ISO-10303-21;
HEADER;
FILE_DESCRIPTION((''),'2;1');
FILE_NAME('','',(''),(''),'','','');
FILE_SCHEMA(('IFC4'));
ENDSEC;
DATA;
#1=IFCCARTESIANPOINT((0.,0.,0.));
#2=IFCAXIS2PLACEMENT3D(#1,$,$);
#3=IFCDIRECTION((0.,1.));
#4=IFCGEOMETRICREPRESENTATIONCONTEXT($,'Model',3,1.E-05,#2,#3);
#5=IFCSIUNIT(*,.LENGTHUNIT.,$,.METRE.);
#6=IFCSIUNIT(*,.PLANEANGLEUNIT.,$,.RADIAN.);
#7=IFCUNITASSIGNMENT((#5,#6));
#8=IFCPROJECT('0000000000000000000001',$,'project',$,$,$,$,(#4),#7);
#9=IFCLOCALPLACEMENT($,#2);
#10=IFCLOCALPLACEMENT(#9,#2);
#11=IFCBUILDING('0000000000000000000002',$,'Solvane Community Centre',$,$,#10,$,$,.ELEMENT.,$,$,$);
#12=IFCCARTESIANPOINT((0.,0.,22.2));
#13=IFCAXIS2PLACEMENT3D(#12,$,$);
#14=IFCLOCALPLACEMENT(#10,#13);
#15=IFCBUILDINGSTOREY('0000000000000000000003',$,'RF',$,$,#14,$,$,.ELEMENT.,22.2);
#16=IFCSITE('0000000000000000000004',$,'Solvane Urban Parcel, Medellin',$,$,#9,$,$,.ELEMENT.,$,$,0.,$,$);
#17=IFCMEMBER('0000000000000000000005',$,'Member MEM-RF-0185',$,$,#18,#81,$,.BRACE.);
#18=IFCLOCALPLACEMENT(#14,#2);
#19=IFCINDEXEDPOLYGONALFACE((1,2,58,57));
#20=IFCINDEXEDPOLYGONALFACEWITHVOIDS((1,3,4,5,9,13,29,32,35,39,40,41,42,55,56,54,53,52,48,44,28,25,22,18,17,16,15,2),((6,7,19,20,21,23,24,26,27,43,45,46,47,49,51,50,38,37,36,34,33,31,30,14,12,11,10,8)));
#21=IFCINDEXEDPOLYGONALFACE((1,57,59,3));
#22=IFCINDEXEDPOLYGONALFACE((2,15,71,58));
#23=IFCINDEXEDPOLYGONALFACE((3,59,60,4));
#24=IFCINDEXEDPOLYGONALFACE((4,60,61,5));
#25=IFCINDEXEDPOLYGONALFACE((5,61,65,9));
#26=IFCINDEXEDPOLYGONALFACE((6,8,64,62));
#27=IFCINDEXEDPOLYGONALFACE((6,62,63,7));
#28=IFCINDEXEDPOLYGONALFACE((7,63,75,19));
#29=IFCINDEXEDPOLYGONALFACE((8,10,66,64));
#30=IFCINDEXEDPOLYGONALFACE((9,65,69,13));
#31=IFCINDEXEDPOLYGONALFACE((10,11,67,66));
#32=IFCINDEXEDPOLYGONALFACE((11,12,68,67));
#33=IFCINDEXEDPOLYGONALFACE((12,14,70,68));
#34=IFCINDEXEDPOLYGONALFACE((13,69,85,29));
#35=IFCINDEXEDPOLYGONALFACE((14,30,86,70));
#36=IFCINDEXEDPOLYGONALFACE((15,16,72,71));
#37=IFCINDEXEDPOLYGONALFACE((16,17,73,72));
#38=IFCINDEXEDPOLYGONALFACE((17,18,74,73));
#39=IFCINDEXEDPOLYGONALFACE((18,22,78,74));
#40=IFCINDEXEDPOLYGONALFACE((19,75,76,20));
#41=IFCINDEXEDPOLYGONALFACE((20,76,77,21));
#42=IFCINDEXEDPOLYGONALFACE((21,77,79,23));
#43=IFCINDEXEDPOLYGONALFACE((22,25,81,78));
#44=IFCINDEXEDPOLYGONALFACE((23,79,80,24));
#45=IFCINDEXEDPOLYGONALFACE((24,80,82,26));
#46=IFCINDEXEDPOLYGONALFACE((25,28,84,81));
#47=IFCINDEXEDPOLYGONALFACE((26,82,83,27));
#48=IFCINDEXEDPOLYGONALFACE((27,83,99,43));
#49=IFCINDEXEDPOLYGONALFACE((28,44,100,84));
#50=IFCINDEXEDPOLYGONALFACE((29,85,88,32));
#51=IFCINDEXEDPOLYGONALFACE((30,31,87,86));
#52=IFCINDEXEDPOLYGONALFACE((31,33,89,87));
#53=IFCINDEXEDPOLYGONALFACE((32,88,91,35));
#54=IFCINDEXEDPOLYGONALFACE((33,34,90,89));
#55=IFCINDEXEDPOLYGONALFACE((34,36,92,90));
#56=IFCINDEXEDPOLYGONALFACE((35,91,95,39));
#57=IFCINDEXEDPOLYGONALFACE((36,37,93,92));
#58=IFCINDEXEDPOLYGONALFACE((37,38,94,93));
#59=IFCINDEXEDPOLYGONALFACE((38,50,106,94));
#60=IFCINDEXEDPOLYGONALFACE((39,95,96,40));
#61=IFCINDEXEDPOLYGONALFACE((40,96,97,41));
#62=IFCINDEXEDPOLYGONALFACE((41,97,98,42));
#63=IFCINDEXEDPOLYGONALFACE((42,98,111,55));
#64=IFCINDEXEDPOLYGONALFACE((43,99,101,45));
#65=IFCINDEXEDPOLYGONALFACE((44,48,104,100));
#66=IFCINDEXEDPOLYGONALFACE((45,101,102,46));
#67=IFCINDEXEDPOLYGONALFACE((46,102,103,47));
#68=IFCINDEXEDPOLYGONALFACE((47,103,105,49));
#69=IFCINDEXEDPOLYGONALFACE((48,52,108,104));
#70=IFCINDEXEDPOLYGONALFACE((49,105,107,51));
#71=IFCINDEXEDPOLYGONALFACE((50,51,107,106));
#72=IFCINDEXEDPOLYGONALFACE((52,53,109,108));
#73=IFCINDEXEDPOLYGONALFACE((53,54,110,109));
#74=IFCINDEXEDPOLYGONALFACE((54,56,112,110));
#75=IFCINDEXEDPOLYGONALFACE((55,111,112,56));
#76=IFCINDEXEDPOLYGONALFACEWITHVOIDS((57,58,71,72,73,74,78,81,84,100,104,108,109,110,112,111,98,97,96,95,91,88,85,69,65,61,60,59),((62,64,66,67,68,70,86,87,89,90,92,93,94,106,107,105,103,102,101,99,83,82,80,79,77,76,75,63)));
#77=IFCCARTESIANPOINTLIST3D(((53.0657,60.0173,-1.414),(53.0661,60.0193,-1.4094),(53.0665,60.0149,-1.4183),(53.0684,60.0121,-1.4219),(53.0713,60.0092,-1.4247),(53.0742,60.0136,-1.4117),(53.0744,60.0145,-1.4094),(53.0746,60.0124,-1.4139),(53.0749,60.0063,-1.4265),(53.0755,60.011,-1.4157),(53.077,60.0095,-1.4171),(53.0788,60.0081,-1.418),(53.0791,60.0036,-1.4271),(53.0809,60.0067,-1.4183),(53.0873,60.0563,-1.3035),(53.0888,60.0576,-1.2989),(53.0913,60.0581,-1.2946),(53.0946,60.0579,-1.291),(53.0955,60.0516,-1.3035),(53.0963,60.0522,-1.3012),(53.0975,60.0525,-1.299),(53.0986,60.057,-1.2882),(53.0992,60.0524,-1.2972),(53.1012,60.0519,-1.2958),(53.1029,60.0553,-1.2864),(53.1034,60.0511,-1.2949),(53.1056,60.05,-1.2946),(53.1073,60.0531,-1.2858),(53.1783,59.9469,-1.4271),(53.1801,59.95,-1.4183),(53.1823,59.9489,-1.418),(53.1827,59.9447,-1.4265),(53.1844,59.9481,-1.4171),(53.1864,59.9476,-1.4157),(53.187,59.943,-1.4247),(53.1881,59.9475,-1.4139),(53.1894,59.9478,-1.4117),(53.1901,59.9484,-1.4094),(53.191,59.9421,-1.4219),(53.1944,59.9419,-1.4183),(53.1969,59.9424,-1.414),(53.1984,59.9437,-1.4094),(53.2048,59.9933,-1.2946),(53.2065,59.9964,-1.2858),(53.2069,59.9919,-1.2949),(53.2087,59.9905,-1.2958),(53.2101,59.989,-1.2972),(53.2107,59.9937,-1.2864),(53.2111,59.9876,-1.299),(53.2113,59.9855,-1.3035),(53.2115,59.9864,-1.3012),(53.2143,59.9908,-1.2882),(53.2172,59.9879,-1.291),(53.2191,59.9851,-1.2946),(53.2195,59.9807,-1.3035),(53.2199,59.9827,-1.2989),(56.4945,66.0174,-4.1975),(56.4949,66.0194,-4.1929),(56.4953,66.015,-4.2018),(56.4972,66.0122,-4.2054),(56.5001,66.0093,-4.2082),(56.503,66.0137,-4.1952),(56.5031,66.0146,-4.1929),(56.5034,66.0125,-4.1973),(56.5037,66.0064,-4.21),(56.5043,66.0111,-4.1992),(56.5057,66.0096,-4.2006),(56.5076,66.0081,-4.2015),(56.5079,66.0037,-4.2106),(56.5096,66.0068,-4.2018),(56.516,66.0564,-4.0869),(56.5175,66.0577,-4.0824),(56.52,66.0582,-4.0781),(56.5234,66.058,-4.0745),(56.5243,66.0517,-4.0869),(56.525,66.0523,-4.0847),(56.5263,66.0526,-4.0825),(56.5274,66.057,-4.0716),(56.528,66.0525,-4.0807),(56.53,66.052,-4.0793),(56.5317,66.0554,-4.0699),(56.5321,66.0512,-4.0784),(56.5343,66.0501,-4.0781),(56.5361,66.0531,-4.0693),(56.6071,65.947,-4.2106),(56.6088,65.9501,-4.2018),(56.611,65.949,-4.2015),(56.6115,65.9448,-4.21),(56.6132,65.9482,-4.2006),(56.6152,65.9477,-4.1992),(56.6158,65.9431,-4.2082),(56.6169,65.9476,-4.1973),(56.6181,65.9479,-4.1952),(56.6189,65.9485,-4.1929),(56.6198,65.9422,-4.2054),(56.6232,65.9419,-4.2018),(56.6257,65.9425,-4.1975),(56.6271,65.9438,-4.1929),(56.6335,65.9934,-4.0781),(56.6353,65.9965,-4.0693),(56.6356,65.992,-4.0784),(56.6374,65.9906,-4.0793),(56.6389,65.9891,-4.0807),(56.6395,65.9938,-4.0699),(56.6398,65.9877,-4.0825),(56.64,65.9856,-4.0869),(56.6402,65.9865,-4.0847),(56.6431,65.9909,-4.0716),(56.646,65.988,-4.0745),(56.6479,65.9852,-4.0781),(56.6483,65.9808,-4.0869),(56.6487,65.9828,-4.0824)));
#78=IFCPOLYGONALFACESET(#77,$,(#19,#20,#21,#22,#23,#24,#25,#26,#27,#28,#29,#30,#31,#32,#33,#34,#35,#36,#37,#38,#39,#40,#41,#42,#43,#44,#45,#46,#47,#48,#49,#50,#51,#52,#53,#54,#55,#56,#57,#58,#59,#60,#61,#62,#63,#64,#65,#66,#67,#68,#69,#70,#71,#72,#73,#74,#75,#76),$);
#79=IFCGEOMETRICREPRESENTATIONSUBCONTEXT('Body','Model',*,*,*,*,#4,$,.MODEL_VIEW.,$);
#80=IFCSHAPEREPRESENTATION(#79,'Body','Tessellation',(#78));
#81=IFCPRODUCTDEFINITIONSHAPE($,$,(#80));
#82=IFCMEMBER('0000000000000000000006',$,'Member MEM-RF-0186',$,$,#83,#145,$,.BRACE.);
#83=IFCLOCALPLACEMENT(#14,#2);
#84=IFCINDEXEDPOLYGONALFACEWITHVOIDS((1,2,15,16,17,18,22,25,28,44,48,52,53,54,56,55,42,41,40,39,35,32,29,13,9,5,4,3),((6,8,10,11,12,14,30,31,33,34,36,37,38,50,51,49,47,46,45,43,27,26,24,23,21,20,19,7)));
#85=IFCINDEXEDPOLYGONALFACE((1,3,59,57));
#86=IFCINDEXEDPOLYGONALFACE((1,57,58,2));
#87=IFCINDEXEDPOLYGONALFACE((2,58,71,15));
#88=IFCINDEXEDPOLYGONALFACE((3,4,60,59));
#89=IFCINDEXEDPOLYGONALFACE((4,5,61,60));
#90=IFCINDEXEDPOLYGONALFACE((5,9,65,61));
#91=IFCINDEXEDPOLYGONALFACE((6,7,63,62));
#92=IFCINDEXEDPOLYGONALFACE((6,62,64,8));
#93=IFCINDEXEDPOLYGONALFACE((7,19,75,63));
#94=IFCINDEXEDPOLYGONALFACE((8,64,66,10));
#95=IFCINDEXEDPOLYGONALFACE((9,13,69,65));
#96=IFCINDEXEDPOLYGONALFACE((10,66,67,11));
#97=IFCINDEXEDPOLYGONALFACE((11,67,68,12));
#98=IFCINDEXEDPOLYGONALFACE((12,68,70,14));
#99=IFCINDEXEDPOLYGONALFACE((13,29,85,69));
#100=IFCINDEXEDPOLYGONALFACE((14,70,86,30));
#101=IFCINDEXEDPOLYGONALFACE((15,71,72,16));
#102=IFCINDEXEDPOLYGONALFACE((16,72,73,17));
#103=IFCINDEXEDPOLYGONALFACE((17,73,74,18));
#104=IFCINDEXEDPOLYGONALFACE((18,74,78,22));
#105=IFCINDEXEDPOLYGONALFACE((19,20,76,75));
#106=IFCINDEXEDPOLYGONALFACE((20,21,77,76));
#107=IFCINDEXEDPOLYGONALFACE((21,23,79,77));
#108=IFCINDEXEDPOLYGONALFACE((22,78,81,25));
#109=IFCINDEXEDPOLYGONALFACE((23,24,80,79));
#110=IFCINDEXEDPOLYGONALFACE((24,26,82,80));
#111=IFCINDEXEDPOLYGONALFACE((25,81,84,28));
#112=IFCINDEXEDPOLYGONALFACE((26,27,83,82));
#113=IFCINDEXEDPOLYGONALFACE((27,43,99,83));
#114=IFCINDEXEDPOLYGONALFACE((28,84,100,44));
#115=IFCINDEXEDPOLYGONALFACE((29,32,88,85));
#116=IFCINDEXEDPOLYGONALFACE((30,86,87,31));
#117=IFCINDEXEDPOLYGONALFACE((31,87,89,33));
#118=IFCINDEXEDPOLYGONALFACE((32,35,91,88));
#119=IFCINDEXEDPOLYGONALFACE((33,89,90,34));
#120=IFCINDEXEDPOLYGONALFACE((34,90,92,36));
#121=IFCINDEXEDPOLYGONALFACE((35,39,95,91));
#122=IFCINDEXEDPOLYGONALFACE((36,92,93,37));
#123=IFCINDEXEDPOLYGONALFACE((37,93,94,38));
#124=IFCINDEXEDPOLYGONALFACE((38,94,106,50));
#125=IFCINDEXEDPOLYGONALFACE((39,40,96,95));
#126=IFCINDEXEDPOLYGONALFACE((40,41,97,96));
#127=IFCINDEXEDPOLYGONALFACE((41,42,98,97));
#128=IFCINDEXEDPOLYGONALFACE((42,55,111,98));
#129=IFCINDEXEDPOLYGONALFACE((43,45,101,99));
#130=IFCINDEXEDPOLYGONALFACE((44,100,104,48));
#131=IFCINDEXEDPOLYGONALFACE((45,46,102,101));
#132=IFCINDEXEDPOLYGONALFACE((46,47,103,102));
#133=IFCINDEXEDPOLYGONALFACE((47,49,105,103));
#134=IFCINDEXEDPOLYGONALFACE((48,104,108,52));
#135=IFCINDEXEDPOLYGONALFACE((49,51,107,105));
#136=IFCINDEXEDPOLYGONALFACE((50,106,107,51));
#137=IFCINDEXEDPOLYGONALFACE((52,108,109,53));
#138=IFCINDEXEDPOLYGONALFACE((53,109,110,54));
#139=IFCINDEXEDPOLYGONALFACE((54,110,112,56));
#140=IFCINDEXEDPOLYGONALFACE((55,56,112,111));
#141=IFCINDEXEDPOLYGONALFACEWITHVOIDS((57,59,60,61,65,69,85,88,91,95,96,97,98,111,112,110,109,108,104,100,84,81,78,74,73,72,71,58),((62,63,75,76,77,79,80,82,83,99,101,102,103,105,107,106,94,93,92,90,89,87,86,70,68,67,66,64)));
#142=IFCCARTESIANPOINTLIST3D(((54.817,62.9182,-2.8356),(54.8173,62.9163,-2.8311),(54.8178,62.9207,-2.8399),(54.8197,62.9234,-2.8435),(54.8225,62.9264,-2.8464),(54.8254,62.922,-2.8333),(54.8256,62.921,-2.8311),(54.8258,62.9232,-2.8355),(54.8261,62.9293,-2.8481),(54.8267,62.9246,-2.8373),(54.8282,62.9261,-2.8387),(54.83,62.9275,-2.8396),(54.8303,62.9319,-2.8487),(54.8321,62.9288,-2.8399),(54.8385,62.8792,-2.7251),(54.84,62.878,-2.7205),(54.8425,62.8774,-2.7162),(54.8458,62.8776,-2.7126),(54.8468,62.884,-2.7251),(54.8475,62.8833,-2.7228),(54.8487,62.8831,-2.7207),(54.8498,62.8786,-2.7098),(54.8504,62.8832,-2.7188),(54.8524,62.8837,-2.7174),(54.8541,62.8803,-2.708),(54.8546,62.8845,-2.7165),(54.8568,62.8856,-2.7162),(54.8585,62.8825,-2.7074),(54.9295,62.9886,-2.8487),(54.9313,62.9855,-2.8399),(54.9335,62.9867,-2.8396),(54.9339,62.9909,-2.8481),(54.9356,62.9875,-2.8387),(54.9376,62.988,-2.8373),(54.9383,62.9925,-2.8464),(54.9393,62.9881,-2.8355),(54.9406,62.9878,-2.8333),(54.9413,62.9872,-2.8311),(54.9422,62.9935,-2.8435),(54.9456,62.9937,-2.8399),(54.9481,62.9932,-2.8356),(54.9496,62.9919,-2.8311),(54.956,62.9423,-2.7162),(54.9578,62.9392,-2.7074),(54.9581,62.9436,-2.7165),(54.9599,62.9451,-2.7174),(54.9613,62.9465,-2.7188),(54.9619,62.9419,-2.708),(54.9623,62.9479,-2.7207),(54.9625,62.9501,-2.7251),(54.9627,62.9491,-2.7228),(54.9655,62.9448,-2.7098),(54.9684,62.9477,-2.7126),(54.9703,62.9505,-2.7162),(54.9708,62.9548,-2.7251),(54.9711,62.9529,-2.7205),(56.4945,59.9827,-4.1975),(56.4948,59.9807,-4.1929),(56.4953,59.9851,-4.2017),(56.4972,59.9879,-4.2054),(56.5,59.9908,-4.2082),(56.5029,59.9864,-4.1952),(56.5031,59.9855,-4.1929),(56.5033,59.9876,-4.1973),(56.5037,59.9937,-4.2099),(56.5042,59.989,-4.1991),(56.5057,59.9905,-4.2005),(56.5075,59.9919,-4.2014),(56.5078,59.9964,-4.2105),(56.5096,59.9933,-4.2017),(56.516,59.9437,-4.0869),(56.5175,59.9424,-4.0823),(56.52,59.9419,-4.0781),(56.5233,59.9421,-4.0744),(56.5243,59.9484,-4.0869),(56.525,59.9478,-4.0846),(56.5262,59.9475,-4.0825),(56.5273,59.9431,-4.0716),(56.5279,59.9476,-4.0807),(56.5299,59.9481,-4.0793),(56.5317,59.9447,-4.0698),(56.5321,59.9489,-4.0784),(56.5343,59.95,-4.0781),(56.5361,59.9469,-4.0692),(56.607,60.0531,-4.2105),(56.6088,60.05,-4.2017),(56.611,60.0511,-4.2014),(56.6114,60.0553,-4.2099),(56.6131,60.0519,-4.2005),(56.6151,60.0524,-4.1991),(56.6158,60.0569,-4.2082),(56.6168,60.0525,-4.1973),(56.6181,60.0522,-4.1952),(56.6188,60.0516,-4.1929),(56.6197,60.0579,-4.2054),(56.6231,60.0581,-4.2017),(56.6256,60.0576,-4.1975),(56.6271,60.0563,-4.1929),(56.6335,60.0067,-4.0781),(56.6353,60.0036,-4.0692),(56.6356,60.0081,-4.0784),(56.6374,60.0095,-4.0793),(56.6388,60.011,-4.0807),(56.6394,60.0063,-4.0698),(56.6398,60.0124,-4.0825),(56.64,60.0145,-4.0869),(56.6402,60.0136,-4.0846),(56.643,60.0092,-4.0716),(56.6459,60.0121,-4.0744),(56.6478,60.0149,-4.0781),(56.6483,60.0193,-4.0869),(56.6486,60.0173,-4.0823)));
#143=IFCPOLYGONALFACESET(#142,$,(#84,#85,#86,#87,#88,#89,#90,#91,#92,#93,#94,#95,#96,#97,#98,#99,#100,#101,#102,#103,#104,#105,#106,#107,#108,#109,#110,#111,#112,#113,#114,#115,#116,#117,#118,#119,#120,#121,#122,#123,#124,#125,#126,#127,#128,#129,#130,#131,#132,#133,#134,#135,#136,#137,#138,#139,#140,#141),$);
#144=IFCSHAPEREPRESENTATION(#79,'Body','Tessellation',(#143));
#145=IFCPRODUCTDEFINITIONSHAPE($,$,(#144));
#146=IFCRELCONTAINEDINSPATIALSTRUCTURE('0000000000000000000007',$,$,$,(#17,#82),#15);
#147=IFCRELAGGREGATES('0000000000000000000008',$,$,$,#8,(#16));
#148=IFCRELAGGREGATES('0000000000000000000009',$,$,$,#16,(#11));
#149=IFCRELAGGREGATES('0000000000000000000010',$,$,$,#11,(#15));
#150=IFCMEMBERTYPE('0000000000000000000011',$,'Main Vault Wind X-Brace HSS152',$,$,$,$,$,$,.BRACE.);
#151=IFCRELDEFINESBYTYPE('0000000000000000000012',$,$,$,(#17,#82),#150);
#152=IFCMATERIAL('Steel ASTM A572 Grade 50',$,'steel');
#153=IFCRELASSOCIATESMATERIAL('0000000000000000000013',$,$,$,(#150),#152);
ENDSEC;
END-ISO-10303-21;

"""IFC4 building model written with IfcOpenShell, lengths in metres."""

from ifc_helpers import new_model, si_unit, direction, frame, origin, origin_2d, place, context, subcontext, project, spatial, hollow_rectangle, extrude, material, material_profile, profile_set, type_object, element, save


model = new_model("IFC4")

# Units and contexts
model_context = context("Model", 3, precision=1e-05, world=origin(), true_north=direction((0.0, 1.0)))
body_context = subcontext(model_context, "Body", "Model", "MODEL_VIEW")
ifc_project = project(units=[si_unit("LENGTHUNIT", "METRE"), si_unit("PLANEANGLEUNIT", "RADIAN")], contexts=[model_context])

# Site, building, storey
site_placement = place(None, origin())
site = spatial("IfcSite", under=ifc_project, at=site_placement, Name="Solvane Urban Parcel, Medellin", CompositionType="ELEMENT", RefElevation=0.0)
building_placement = place(site_placement, origin())
building = spatial("IfcBuilding", under=site, at=building_placement, Name="Solvane Community Centre", CompositionType="ELEMENT")
storey_placement = place(building_placement, frame((0.0, 0.0, 22.2)))
storey = spatial("IfcBuildingStorey", under=building, at=storey_placement, Name="RF", CompositionType="ELEMENT", Elevation=22.2)

# Members
ifc_material_1 = material(Name="Steel ASTM A572 Grade 50", Category="steel")
ifc_material_profile_1 = material_profile(ifc_material_1, hollow_rectangle(XDim=0.1523, YDim=0.1523, WallThickness=0.0095, InnerFilletRadius=0.0095, OuterFilletRadius=0.019, at=origin_2d()), Name="HSS 152x152x9.5")
ifc_profile_set_1 = profile_set([ifc_material_profile_1], Name="Steel ASTM A572 Grade 50")
member_type_1 = type_object("IfcMemberType", Name="Main Vault Wind X-Brace HSS152", PredefinedType="BRACE", material=ifc_profile_set_1)
member_1_placement = place(storey_placement, frame((53.1428, 60.0, -1.3564), z_axis=(0.460225, 0.805361, -0.373613), x_axis=(-0.868234, 0.496154, 0.0)))
element("IfcMember", 1, at=member_1_placement, inside=storey, type_object=member_type_1, Name="Member MEM-RF-0185", PredefinedType="BRACE", context=body_context, shape_type="SweptSolid", body=[
    extrude(hollow_rectangle(XDim=0.1523, YDim=0.1523, WallThickness=0.0095, InnerFilletRadius=0.0095, OuterFilletRadius=0.019, at=origin_2d()), origin(), (0.0, 0.0, 1.0), 7.4502),
])
for number, where, z_axis, x_axis, name in (
    (2, (56.5715, 60.0, -4.1399), (-0.460218, 0.805365, 0.373613), (-0.868239, -0.496147, 0.0), "Member MEM-RF-0186"),
):
    element("IfcMember", number, at=place(storey_placement, frame(where, z_axis=z_axis, x_axis=x_axis)), inside=storey, type_object=member_type_1, Name=name, PredefinedType="BRACE", context=body_context, shape_type="SweptSolid", body=[
        extrude(hollow_rectangle(XDim=0.1523, YDim=0.1523, WallThickness=0.0095, InnerFilletRadius=0.0095, OuterFilletRadius=0.019, at=origin_2d()), origin(), (0.0, 0.0, 1.0), 3.645),
    ])

save(model, "model.ifc")
